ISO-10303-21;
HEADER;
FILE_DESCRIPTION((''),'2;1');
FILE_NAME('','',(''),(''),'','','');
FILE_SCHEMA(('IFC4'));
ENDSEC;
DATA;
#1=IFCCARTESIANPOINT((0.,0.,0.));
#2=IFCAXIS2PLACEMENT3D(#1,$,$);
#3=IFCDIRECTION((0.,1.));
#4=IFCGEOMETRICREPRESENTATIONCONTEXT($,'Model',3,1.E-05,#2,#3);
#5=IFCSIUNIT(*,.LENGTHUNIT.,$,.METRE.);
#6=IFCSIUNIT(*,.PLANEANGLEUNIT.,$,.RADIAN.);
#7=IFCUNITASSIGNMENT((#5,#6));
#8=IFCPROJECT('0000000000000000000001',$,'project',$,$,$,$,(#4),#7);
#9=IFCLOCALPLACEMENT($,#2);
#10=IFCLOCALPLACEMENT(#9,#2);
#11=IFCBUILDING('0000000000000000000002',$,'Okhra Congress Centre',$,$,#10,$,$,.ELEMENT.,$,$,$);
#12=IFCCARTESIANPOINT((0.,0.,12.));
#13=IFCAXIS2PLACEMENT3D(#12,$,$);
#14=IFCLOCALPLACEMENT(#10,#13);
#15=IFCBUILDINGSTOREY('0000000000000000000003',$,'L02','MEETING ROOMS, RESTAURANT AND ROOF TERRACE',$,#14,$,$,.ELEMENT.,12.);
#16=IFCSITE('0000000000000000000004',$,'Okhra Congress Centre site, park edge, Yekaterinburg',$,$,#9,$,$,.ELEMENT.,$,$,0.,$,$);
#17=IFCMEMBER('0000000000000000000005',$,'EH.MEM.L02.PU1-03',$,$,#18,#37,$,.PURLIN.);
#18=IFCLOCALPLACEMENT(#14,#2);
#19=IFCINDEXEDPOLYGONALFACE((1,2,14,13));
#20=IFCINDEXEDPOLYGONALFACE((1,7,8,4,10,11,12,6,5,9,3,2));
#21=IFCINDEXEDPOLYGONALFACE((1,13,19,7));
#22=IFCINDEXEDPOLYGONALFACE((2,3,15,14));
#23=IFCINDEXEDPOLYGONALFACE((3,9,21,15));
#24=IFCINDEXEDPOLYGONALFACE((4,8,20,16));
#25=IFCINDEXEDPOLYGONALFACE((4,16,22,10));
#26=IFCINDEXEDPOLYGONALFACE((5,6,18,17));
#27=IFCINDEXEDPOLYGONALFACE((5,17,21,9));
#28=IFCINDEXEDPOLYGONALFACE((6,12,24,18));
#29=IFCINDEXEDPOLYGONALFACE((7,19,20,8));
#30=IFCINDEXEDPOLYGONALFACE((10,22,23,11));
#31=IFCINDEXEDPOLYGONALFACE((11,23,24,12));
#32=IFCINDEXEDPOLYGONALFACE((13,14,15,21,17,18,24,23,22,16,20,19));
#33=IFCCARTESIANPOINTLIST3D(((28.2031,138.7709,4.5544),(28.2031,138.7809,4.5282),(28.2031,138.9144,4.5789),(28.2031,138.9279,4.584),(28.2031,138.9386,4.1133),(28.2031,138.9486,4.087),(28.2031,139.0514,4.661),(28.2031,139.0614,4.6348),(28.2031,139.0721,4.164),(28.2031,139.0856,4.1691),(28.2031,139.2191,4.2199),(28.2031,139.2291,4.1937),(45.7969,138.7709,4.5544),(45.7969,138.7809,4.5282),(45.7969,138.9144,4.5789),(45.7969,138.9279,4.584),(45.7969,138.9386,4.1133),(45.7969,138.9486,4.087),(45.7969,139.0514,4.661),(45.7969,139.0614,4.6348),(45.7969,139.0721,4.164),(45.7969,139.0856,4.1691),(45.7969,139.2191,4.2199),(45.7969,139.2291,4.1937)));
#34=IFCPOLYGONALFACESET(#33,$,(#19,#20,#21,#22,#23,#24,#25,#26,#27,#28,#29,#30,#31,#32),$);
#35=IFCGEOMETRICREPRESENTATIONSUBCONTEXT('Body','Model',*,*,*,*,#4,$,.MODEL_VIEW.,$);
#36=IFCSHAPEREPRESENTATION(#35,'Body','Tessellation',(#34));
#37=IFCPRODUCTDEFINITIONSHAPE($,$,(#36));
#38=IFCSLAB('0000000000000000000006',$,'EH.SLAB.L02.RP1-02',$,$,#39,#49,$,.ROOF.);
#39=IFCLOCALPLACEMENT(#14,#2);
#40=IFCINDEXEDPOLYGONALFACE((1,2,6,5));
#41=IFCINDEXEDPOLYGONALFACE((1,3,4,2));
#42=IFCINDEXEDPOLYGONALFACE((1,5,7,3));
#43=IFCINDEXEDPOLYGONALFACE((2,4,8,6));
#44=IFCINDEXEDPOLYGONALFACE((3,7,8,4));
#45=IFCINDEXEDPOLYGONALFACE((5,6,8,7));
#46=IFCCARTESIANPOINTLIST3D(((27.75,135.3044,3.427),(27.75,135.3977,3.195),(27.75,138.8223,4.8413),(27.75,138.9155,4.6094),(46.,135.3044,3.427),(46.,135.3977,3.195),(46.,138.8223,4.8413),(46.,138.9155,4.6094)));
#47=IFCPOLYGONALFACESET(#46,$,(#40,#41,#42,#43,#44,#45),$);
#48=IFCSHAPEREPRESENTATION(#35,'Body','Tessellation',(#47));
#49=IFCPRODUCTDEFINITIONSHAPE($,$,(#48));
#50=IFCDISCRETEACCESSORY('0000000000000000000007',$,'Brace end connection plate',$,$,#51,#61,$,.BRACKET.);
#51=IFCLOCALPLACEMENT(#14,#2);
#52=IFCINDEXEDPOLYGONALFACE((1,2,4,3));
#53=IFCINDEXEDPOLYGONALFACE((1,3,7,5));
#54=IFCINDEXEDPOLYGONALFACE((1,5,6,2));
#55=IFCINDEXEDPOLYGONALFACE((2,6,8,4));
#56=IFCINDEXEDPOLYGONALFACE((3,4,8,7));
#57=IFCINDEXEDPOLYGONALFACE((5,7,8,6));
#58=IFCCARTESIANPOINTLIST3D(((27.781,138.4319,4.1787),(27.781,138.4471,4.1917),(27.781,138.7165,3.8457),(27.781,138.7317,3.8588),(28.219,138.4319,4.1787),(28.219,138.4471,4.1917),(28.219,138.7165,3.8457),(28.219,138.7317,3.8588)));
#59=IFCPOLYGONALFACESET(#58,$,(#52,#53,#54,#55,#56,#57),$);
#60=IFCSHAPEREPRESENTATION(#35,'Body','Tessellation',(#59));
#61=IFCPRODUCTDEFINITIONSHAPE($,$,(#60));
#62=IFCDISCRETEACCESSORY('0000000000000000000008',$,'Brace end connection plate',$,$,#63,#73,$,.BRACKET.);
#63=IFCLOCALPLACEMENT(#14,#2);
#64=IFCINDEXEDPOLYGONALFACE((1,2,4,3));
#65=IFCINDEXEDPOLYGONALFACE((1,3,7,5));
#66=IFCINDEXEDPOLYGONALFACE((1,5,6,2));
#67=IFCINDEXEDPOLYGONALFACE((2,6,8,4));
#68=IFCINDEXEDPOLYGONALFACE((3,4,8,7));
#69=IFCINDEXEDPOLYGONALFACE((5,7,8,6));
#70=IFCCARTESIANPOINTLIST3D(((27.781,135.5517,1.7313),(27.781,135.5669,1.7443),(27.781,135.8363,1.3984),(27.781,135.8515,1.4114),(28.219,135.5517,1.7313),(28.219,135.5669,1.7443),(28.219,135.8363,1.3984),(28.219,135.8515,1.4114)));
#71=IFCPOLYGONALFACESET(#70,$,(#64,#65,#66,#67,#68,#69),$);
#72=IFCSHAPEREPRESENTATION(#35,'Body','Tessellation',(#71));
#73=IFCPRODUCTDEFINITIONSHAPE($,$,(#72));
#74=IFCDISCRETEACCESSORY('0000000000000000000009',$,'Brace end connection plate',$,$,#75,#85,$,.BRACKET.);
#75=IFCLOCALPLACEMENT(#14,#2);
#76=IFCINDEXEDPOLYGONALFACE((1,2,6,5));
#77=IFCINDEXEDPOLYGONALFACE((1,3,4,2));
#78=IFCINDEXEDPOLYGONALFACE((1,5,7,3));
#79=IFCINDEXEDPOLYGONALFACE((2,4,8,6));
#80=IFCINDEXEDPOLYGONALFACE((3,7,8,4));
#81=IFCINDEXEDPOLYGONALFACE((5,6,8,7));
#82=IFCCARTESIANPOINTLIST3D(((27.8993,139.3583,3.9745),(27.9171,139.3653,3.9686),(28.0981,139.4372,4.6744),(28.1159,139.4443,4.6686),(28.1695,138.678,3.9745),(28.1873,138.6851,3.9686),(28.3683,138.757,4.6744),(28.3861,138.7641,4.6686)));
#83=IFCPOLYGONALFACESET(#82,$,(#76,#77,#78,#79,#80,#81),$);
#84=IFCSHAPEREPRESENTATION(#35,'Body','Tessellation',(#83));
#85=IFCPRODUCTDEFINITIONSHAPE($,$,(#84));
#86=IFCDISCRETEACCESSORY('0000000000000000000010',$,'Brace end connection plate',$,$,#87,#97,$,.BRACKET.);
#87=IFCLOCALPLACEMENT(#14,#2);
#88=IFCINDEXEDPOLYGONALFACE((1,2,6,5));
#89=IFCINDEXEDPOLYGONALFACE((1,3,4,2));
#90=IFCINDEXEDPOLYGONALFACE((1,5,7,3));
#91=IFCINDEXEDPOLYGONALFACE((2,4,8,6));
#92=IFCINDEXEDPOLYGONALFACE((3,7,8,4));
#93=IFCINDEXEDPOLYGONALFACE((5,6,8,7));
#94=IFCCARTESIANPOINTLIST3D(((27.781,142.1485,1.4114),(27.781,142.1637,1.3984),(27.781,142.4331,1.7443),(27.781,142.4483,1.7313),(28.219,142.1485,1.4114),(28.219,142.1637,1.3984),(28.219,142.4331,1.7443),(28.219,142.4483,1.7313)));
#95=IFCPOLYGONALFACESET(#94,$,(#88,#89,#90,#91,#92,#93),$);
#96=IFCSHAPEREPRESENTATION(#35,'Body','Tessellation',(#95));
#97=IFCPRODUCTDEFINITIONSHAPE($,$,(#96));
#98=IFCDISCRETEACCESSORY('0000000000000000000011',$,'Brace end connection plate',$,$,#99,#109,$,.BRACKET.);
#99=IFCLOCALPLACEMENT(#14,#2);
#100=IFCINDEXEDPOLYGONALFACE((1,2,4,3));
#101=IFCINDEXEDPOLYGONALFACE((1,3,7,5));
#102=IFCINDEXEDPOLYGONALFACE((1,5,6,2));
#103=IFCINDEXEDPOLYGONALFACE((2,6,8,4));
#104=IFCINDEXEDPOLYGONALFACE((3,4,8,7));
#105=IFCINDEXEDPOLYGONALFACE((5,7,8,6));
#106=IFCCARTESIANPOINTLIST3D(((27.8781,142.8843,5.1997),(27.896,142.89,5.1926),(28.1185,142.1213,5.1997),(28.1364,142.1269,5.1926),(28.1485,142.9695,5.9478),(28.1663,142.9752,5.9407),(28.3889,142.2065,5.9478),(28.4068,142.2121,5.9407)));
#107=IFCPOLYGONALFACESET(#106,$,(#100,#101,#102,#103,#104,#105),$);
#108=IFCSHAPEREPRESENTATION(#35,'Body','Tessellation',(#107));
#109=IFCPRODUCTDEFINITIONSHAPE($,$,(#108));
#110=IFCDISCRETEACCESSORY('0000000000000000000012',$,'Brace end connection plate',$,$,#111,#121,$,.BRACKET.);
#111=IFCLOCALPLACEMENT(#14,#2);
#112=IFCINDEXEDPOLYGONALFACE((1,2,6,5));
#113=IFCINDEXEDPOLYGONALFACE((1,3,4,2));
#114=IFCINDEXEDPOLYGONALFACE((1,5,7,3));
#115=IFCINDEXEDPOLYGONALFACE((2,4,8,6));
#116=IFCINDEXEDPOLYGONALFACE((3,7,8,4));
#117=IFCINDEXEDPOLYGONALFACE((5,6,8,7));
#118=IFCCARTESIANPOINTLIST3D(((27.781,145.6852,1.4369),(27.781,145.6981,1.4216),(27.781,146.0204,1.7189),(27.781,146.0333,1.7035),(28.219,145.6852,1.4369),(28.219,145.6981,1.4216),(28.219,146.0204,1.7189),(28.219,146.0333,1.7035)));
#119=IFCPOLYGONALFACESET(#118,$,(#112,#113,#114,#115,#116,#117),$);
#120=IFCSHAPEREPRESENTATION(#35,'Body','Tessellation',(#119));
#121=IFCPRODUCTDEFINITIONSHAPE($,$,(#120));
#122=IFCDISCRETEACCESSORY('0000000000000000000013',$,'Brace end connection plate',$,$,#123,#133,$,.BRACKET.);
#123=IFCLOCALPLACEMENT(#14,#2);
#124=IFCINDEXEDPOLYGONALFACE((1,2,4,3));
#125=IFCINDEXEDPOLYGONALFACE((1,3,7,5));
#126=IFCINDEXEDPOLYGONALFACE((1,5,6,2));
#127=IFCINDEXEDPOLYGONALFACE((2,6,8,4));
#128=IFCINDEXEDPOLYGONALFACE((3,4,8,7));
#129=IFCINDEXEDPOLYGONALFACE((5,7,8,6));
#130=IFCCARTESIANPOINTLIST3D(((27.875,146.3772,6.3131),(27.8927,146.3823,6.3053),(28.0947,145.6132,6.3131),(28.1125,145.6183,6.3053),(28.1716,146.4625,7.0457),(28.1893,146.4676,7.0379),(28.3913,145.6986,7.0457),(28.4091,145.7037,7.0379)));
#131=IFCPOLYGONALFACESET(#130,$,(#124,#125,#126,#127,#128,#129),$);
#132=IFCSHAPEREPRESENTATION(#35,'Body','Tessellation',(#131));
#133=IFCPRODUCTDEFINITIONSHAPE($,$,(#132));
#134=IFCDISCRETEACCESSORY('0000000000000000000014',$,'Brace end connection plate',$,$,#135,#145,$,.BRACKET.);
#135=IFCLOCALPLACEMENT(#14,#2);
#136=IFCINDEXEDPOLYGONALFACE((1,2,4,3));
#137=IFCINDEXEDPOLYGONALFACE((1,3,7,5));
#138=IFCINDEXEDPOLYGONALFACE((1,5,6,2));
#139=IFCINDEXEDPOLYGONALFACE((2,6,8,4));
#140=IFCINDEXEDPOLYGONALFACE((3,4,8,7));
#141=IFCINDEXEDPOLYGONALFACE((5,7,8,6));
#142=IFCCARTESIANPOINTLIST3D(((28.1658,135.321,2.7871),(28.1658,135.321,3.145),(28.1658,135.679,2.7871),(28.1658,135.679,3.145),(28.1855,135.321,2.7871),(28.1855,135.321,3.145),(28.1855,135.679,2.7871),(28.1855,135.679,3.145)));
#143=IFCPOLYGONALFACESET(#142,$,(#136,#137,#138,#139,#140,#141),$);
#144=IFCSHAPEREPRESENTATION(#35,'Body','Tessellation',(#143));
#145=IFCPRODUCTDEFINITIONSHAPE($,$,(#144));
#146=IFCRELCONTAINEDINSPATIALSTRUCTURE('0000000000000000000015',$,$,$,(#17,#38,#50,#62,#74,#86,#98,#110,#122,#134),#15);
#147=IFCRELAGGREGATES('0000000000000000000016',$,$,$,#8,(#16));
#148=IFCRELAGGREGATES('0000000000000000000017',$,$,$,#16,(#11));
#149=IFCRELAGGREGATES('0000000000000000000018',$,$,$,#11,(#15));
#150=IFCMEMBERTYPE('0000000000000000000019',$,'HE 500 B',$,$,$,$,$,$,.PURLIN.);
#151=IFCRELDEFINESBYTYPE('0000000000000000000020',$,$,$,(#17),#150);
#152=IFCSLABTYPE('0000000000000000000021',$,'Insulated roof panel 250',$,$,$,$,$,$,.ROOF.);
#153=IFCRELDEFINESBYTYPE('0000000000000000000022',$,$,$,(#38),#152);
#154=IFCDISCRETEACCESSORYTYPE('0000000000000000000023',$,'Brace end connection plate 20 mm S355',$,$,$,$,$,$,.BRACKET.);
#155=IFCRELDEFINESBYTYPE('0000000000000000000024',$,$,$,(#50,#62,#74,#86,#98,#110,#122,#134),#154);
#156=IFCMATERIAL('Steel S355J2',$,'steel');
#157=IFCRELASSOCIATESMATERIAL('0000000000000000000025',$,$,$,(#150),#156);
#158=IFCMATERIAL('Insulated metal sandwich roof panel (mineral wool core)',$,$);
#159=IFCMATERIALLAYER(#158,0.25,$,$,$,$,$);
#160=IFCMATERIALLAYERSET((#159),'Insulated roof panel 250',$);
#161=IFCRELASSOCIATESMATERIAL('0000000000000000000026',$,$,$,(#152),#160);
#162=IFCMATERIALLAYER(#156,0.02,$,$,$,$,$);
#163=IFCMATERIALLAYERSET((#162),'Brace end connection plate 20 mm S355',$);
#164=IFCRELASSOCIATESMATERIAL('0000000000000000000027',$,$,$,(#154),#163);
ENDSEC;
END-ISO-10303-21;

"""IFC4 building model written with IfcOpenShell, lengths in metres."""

from ifc_helpers import new_model, si_unit, direction, frame, origin, origin_2d, place, context, subcontext, project, spatial, polyline, rectangle, i_section, outline, extrude, material, layer, layer_set, material_profile, profile_set, type_object, element, save


model = new_model("IFC4")

# Units and contexts
model_context = context("Model", 3, precision=1e-05, world=origin(), true_north=direction((0.0, 1.0)))
body_context = subcontext(model_context, "Body", "Model", "MODEL_VIEW")
ifc_project = project(units=[si_unit("LENGTHUNIT", "METRE"), si_unit("PLANEANGLEUNIT", "RADIAN")], contexts=[model_context])

# Site, building, storey
site_placement = place(None, origin())
site = spatial("IfcSite", under=ifc_project, at=site_placement, Name="Okhra Congress Centre site, park edge, Yekaterinburg", CompositionType="ELEMENT", RefElevation=0.0)
building_placement = place(site_placement, origin())
building = spatial("IfcBuilding", under=site, at=building_placement, Name="Okhra Congress Centre", CompositionType="ELEMENT")
storey_placement = place(building_placement, frame((0.0, 0.0, 12.0)))
storey = spatial("IfcBuildingStorey", under=building, at=storey_placement, Name="L02", Description="MEETING ROOMS, RESTAURANT AND ROOF TERRACE", CompositionType="ELEMENT", Elevation=12.0)

# Shared definitions
ifc_material_1 = material(Name="Steel S355J2", Category="steel")

# Member
ifc_material_profile_1 = material_profile(ifc_material_1, i_section(OverallWidth=0.3, OverallDepth=0.5, WebThickness=0.0144, FlangeThickness=0.0281, at=origin_2d()), Name="HE 500 B")
ifc_profile_set_1 = profile_set([ifc_material_profile_1], Name="Steel S355J2")
member_type_1 = type_object("IfcMemberType", Name="HE 500 B", PredefinedType="PURLIN", material=ifc_profile_set_1)
for number, where, z_axis, x_axis, name in (
    (1, (28.2031, 139.0, 4.374), (1.0, 0.0, 0.0), (0.0, 0.934733, 0.355351), "EH.MEM.L02.PU1-03"),
):
    element("IfcMember", number, at=place(storey_placement, frame(where, z_axis=z_axis, x_axis=x_axis)), inside=storey, type_object=member_type_1, Name=name, PredefinedType="PURLIN", context=body_context, shape_type="SweptSolid", body=[
        extrude(i_section(OverallWidth=0.3, OverallDepth=0.5, WebThickness=0.0144, FlangeThickness=0.0281, at=origin_2d()), origin(), (0.0, 0.0, 1.0), 17.5938),
    ])

# Slab
ifc_material_2 = material(Name="Insulated metal sandwich roof panel (mineral wool core)")
ifc_layer_1 = layer(ifc_material_2, 0.25)
ifc_layer_set_1 = layer_set([ifc_layer_1], Name="Insulated roof panel 250")
slab_type = type_object("IfcSlabType", Name="Insulated roof panel 250", PredefinedType="ROOF", material=ifc_layer_set_1)
slab_placement = place(storey_placement, frame((27.75, 135.3044, 3.427), z_axis=(0.0, -0.373022, 0.927822), x_axis=(1.0, 0.0, 0.0)))
element("IfcSlab", 2, at=slab_placement, inside=storey, type_object=slab_type, Name="EH.SLAB.L02.RP1-02", PredefinedType="ROOF", context=body_context, shape_type="SweptSolid", body=[
    extrude(outline(polyline([(0.0, 0.0), (18.25, 0.0), (18.25, 3.7915), (0.0, 3.7915), (0.0, 0.0)])), origin(), (0.0, 0.0, -1.0), 0.25),
])

# Discrete accessories
ifc_layer_2 = layer(ifc_material_1, 0.02)
ifc_layer_set_2 = layer_set([ifc_layer_2], Name="Brace end connection plate 20 mm S355")
discrete_accessory_type = type_object("IfcDiscreteAccessoryType", Name="Brace end connection plate 20 mm S355", PredefinedType="BRACKET", material=ifc_layer_set_2)
for number, where, z_axis, x_axis, name in (
    (3, (28.0, 138.5742, 4.0122), (0.0, 0.760121, 0.649781), (-1.0, 0.0, 0.0), "Brace end connection plate"),
    (4, (28.0, 135.7092, 1.5779), (0.0, -0.760121, -0.649781), (1.0, 0.0, 0.0), "Brace end connection plate"),
):
    element("IfcDiscreteAccessory", number, at=place(storey_placement, frame(where, z_axis=z_axis, x_axis=x_axis)), inside=storey, type_object=discrete_accessory_type, Name=name, PredefinedType="BRACKET", context=body_context, shape_type="SweptSolid", body=[
        extrude(rectangle(XDim=0.438, YDim=0.438, at=origin_2d()), origin(), (0.0, 0.0, 1.0), 0.02),
    ])
discrete_accessory_1_placement = place(storey_placement, frame((28.1516, 139.0647, 4.3186), z_axis=(-0.888791, -0.353081, 0.292205), x_axis=(0.369195, -0.929352, 0.0)))
element("IfcDiscreteAccessory", 5, at=discrete_accessory_1_placement, inside=storey, type_object=discrete_accessory_type, Name="Brace end connection plate", PredefinedType="BRACKET", context=body_context, shape_type="SweptSolid", body=[
    extrude(rectangle(XDim=0.7319, YDim=0.7319, at=origin_2d()), origin(), (0.0, 0.0, 1.0), 0.02),
])
discrete_accessory_2_placement = place(storey_placement, frame((28.0, 142.2908, 1.5779), z_axis=(0.0, 0.760121, -0.649781), x_axis=(-1.0, 0.0, 0.0)))
element("IfcDiscreteAccessory", 6, at=discrete_accessory_2_placement, inside=storey, type_object=discrete_accessory_type, Name="Brace end connection plate", PredefinedType="BRACKET", context=body_context, shape_type="SweptSolid", body=[
    extrude(rectangle(XDim=0.438, YDim=0.438, at=origin_2d()), origin(), (0.0, 0.0, 1.0), 0.02),
])
discrete_accessory_3_placement = place(storey_placement, frame((28.1514, 142.551, 5.5667), z_axis=(-0.891904, -0.281011, 0.354318), x_axis=(0.300506, -0.95378, 0.0)))
element("IfcDiscreteAccessory", 7, at=discrete_accessory_3_placement, inside=storey, type_object=discrete_accessory_type, Name="Brace end connection plate", PredefinedType="BRACKET", context=body_context, shape_type="SweptSolid", body=[
    extrude(rectangle(XDim=0.8, YDim=0.8, at=origin_2d()), origin(), (0.0, 0.0, 1.0), 0.02),
])
discrete_accessory_4_placement = place(storey_placement, frame((28.0, 145.8528, 1.5779), z_axis=(0.0, 0.643762, -0.765226), x_axis=(-1.0, 0.0, 0.0)))
element("IfcDiscreteAccessory", 8, at=discrete_accessory_4_placement, inside=storey, type_object=discrete_accessory_type, Name="Brace end connection plate", PredefinedType="BRACKET", context=body_context, shape_type="SweptSolid", body=[
    extrude(rectangle(XDim=0.438, YDim=0.438, at=origin_2d()), origin(), (0.0, 0.0, 1.0), 0.02),
])
discrete_accessory_5_placement = place(storey_placement, frame((28.1509, 146.043, 6.6716), z_axis=(-0.885646, -0.254775, 0.388228), x_axis=(0.276459, -0.961026, 0.0)))
element("IfcDiscreteAccessory", 9, at=discrete_accessory_5_placement, inside=storey, type_object=discrete_accessory_type, Name="Brace end connection plate", PredefinedType="BRACKET", context=body_context, shape_type="SweptSolid", body=[
    extrude(rectangle(XDim=0.7949, YDim=0.7949, at=origin_2d()), origin(), (0.0, 0.0, 1.0), 0.02),
])
discrete_accessory_6_placement = place(storey_placement, frame((28.1855, 135.5, 2.9661), z_axis=(-1.0, 0.0, 0.0), x_axis=(0.0, -1.0, 0.0)))
element("IfcDiscreteAccessory", 10, at=discrete_accessory_6_placement, inside=storey, type_object=discrete_accessory_type, Name="Brace end connection plate", PredefinedType="BRACKET", context=body_context, shape_type="SweptSolid", body=[
    extrude(rectangle(XDim=0.3579, YDim=0.3579, at=origin_2d()), origin(), (0.0, 0.0, 1.0), 0.0198),
])

save(model, "model.ifc")
